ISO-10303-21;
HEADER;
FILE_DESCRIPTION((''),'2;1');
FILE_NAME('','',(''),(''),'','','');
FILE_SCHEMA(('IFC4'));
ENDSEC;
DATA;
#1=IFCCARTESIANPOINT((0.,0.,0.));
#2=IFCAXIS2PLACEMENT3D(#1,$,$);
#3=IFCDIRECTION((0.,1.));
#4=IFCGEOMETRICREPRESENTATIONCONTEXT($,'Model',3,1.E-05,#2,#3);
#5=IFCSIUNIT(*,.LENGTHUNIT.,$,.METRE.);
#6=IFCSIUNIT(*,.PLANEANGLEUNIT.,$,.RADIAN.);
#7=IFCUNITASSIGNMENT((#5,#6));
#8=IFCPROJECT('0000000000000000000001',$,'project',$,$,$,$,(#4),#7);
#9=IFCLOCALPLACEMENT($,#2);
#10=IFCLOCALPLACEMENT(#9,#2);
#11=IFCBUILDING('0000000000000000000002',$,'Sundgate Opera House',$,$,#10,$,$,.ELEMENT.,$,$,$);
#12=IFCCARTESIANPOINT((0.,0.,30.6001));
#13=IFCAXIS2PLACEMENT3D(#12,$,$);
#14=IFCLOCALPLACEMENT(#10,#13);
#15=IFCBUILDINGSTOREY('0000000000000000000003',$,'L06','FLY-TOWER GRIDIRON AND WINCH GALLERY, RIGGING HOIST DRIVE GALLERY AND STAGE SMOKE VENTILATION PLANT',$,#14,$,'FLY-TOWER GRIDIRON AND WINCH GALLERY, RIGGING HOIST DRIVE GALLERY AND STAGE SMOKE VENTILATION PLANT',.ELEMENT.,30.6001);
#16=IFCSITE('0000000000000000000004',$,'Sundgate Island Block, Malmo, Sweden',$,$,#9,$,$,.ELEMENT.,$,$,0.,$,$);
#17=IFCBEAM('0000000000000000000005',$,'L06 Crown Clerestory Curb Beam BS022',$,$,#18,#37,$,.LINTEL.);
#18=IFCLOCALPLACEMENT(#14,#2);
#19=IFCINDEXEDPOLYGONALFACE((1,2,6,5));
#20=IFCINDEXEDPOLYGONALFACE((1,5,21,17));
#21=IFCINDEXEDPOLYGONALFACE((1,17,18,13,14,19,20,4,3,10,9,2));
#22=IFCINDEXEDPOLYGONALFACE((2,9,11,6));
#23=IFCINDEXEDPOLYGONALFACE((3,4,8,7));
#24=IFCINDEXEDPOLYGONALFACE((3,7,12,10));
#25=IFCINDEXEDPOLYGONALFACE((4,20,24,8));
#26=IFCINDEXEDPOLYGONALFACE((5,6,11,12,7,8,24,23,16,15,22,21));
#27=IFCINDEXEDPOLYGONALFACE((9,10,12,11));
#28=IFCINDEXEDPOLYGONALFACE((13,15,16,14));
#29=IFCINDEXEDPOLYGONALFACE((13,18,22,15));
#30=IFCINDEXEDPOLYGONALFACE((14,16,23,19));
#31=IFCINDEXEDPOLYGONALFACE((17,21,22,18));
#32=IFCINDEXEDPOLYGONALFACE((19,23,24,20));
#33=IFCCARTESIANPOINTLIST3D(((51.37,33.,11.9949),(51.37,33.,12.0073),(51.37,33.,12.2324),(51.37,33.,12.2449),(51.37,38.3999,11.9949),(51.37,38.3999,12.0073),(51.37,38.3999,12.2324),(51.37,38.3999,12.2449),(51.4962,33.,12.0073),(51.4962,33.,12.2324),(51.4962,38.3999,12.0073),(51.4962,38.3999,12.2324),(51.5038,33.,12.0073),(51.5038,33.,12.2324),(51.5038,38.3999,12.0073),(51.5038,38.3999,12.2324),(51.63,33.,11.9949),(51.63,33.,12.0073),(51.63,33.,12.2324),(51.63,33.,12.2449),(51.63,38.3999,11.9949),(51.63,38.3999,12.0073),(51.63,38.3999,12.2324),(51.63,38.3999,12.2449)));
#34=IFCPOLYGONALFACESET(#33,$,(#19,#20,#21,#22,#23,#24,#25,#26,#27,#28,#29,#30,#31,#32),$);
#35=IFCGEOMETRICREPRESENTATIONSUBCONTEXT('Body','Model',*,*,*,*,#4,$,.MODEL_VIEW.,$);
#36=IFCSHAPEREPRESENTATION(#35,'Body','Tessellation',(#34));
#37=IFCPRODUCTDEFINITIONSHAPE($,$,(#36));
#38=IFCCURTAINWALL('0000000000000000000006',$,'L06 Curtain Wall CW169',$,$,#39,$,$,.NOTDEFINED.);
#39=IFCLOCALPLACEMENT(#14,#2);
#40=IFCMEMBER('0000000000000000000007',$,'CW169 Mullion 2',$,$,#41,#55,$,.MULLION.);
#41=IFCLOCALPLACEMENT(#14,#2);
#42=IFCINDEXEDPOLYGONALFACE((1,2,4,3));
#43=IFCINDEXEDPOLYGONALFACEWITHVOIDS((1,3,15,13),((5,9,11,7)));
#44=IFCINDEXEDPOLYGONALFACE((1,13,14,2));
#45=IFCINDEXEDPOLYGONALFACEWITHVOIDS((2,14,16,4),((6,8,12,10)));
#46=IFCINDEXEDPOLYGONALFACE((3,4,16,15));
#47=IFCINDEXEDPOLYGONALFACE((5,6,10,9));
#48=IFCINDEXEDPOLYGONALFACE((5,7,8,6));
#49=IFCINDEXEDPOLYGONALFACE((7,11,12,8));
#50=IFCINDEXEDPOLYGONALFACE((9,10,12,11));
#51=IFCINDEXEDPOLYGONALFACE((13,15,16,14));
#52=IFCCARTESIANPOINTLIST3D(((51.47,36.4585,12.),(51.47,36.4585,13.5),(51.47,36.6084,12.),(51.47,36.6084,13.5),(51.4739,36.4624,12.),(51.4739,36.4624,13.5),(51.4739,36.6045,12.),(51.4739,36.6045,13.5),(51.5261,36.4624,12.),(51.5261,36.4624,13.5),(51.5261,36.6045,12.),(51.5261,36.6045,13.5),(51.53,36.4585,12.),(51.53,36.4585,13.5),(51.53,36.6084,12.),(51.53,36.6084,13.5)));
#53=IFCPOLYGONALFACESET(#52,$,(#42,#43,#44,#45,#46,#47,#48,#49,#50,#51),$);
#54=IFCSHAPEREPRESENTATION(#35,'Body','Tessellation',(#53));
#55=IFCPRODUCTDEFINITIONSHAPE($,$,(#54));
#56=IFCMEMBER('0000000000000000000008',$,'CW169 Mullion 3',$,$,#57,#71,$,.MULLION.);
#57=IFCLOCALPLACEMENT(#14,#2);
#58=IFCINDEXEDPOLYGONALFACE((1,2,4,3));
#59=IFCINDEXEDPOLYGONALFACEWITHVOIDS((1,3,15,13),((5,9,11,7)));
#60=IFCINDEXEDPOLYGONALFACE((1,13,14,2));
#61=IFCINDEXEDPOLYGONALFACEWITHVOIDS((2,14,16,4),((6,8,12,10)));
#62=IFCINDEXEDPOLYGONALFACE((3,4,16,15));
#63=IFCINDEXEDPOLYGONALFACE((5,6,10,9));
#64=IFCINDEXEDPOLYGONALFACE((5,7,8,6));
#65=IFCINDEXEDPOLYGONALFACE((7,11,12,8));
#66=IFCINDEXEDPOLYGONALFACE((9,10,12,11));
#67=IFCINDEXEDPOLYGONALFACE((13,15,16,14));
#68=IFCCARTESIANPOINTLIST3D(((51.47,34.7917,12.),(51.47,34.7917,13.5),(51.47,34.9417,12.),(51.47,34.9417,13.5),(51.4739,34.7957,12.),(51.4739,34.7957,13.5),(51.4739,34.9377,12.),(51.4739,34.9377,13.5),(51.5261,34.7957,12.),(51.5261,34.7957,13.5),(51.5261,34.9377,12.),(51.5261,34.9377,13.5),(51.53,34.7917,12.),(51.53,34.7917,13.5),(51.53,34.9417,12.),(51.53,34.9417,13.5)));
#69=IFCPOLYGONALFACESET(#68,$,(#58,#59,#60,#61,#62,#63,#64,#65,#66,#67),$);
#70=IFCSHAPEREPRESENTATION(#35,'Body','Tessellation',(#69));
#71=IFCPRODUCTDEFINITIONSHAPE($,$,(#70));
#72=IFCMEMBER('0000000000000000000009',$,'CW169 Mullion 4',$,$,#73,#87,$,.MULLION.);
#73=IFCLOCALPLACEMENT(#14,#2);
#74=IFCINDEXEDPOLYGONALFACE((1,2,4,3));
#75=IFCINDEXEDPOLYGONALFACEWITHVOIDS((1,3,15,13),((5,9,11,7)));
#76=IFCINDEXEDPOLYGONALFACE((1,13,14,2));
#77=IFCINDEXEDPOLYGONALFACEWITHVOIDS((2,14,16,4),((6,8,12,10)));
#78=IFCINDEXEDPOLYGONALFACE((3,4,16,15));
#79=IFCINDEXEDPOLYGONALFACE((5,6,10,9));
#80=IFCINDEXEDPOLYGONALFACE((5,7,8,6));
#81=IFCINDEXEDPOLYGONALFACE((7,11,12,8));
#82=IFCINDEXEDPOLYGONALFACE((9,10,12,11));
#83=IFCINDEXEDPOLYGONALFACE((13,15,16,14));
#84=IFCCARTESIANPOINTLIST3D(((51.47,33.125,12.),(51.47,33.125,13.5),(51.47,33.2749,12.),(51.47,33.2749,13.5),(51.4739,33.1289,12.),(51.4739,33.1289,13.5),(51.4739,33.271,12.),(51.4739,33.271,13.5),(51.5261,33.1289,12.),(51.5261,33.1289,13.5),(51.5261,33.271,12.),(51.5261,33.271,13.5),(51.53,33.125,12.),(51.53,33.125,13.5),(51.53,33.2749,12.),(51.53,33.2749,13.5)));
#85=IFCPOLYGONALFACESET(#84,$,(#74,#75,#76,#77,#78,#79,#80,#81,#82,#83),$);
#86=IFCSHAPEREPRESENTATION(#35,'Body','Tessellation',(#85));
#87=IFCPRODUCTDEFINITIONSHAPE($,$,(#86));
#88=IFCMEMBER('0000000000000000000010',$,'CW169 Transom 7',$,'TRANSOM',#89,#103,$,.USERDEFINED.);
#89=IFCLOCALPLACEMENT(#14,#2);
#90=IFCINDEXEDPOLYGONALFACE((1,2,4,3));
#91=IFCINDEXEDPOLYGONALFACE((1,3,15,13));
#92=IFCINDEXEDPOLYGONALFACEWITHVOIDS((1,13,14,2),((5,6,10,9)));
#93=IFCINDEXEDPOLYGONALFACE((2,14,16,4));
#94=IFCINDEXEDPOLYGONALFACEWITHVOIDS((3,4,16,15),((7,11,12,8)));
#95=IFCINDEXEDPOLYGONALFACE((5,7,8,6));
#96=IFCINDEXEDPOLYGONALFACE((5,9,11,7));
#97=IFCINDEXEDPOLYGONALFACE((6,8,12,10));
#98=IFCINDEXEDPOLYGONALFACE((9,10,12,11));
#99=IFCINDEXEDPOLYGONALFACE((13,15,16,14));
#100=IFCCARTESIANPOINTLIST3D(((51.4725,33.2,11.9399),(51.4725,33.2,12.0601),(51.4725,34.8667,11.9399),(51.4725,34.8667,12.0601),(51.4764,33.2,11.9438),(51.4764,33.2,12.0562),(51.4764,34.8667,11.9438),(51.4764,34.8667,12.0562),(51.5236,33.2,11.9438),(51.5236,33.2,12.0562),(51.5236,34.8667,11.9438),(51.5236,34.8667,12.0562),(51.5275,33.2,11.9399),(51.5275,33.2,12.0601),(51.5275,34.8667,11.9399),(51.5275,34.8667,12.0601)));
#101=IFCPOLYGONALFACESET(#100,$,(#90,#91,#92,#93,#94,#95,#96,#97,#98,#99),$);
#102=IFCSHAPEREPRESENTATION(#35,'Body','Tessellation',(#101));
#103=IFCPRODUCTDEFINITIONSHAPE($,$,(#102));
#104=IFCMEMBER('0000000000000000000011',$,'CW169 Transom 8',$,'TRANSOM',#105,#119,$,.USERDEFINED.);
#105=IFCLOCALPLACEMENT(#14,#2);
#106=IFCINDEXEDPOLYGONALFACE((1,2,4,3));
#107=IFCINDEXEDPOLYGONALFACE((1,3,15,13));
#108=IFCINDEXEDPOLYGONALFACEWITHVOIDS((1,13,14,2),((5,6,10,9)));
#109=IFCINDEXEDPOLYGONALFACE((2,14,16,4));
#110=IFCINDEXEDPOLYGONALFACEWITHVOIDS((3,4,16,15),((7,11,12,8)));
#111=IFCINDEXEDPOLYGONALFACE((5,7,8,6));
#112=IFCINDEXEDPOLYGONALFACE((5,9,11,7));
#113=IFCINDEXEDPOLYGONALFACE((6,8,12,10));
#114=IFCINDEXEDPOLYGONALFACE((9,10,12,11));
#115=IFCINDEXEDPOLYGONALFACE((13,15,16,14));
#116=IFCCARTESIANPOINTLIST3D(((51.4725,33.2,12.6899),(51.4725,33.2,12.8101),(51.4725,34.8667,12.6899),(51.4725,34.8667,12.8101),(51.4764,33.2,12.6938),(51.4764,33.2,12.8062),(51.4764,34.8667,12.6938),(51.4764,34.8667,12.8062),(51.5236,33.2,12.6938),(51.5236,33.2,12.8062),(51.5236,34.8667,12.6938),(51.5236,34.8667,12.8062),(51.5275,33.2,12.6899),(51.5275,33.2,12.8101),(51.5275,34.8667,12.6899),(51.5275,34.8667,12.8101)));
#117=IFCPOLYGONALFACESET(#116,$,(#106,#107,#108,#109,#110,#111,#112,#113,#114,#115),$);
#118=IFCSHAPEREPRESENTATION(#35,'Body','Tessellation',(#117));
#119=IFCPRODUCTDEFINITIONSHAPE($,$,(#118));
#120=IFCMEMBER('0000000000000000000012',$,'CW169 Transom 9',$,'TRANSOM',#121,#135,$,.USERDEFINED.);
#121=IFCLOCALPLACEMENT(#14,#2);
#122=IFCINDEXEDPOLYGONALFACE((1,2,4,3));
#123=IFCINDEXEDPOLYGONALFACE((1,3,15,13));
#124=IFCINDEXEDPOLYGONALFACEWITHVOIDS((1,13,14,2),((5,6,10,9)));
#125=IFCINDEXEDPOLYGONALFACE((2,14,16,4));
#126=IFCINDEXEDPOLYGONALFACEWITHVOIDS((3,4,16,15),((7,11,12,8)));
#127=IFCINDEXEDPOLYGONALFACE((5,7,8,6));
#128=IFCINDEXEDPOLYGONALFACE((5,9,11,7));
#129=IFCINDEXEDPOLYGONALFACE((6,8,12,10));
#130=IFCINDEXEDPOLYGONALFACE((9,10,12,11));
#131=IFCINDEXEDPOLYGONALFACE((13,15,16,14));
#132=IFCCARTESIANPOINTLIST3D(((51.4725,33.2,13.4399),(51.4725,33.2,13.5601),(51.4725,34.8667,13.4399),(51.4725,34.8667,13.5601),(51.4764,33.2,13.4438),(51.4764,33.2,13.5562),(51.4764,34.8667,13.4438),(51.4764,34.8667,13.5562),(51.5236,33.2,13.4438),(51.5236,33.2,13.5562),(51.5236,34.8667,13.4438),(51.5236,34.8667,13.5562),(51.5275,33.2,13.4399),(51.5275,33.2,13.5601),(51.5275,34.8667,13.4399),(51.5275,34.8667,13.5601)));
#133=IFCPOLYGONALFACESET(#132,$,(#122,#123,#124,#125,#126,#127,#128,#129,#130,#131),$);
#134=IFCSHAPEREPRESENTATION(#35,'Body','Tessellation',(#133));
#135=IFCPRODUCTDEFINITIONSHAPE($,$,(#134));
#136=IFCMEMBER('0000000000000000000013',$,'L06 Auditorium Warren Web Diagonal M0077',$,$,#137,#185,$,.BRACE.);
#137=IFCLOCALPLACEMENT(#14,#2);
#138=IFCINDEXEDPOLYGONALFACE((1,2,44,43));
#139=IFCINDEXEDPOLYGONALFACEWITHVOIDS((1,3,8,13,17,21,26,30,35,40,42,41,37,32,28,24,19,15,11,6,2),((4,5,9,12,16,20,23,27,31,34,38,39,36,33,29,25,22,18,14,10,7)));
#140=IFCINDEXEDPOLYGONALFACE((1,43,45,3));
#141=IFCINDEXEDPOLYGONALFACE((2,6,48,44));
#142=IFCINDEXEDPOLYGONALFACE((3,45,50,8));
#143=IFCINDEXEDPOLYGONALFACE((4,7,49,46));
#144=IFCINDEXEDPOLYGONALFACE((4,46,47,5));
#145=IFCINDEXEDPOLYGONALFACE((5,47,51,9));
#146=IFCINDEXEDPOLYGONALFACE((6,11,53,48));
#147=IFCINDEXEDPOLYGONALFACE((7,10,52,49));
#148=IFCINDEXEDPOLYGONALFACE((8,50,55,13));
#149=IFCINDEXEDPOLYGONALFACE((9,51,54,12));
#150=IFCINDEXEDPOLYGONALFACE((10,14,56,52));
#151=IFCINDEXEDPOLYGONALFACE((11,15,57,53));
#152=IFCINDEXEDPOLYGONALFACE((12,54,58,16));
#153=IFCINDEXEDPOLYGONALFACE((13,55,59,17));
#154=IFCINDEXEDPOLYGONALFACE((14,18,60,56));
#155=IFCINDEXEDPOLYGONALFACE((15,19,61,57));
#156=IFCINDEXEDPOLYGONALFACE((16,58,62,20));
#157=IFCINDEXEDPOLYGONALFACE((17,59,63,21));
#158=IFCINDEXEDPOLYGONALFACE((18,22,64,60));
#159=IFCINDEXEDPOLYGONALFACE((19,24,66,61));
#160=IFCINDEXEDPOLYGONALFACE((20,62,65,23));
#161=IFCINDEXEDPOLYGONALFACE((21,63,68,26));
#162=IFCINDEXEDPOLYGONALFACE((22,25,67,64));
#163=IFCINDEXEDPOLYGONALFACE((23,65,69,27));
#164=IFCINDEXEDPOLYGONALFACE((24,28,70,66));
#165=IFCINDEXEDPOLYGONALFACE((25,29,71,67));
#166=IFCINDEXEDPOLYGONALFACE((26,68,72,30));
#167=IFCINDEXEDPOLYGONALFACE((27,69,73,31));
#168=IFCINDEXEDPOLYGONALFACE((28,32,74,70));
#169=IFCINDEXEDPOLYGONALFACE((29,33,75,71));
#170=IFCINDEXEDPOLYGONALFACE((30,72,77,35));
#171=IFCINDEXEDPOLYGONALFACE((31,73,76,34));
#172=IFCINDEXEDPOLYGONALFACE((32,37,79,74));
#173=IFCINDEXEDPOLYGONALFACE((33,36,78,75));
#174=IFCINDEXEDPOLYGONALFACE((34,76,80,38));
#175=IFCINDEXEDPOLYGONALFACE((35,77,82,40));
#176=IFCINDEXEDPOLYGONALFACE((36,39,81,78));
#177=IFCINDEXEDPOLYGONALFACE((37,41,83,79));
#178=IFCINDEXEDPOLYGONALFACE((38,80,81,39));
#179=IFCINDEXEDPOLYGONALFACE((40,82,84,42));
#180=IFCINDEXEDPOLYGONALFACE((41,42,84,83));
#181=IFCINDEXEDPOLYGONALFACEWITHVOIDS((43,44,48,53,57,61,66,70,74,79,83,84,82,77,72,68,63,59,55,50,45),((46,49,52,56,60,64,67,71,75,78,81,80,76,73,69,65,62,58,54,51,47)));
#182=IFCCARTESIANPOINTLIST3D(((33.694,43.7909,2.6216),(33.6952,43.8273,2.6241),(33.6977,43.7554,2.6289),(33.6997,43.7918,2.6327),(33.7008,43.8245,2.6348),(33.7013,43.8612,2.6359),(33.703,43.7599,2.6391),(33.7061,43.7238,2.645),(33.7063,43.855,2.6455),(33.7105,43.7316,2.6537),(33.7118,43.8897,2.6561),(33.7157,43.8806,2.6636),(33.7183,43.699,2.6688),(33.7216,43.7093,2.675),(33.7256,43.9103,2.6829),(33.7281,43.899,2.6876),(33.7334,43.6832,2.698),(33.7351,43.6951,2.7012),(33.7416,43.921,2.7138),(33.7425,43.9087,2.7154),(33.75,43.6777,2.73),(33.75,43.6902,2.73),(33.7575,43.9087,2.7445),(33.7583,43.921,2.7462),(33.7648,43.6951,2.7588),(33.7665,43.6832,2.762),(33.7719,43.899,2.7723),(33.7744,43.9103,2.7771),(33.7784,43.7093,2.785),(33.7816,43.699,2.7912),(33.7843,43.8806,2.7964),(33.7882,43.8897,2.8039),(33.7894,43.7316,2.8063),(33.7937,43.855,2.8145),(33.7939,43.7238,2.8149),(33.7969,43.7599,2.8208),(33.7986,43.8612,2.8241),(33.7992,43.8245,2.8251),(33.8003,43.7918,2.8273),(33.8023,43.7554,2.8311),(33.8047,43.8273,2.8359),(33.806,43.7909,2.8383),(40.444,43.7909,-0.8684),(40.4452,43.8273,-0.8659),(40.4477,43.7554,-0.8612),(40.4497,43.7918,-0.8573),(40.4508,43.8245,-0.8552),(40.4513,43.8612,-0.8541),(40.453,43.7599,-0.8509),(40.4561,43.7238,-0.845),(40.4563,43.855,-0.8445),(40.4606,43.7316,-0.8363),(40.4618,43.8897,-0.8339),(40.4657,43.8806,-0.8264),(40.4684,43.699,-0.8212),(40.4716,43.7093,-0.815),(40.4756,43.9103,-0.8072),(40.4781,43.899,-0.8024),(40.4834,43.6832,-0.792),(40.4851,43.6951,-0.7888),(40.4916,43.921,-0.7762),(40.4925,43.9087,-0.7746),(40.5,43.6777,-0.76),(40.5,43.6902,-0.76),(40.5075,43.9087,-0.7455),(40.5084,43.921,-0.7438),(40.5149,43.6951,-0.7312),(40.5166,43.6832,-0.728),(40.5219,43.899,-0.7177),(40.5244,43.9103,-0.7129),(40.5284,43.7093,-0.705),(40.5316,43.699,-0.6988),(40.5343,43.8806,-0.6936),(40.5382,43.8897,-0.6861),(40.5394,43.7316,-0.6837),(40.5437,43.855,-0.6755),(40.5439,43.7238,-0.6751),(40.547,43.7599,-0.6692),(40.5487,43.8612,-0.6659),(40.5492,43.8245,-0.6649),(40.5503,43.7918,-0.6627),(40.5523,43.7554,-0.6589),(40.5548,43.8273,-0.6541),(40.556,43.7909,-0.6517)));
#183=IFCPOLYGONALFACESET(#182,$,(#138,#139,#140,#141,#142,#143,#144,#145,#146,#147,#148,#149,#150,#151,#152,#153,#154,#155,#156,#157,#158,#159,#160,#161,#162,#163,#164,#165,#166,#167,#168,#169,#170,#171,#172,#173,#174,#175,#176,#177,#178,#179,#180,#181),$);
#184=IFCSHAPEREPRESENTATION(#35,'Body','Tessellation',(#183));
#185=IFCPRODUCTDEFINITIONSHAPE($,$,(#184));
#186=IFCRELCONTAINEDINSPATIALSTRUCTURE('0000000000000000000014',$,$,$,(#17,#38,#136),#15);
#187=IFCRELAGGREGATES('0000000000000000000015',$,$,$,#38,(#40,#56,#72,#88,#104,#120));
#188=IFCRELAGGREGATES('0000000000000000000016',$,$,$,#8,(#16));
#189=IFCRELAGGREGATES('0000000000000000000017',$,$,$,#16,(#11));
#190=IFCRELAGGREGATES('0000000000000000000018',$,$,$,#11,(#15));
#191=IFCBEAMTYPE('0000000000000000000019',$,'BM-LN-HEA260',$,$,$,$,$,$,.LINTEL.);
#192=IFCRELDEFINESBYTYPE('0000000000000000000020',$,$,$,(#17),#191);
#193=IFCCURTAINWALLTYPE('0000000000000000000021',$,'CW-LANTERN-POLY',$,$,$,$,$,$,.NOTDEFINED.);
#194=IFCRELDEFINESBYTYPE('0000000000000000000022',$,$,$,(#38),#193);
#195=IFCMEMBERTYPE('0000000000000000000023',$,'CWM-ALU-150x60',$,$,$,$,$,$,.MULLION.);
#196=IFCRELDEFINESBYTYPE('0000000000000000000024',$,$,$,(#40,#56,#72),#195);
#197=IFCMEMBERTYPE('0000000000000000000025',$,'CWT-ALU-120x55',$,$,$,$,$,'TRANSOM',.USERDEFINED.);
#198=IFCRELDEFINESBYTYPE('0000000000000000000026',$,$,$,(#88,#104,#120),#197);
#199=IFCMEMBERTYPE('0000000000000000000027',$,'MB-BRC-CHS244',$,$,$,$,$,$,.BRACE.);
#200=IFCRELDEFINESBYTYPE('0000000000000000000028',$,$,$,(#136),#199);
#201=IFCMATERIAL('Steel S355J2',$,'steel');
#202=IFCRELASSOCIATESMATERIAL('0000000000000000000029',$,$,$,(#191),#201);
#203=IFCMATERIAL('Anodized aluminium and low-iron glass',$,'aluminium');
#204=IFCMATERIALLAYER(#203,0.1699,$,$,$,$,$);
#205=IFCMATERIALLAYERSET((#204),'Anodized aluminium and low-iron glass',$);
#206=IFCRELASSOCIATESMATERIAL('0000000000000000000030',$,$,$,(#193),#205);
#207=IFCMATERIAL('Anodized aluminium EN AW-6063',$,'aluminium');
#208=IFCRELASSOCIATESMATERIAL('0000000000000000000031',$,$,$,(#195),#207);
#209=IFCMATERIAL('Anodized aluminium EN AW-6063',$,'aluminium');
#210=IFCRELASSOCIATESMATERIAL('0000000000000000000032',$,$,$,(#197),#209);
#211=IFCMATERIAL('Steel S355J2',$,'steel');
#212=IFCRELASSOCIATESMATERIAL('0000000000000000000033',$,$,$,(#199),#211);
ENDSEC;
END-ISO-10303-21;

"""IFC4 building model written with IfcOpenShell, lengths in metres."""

from ifc_helpers import new_model, si_unit, direction, frame, origin, origin_2d, place, context, subcontext, project, spatial, hollow_rectangle, hollow_circle, i_section, extrude, material, layer, layer_set, material_profile, profile_set, type_object, element, aggregate, save


model = new_model("IFC4")

# Units and contexts
model_context = context("Model", 3, precision=1e-05, world=origin(), true_north=direction((0.0, 1.0)))
body_context = subcontext(model_context, "Body", "Model", "MODEL_VIEW")
ifc_project = project(units=[si_unit("LENGTHUNIT", "METRE"), si_unit("PLANEANGLEUNIT", "RADIAN")], contexts=[model_context])

# Site, building, storey
site_placement = place(None, origin())
site = spatial("IfcSite", under=ifc_project, at=site_placement, Name="Sundgate Island Block, Malmo, Sweden", CompositionType="ELEMENT", RefElevation=0.0)
building_placement = place(site_placement, origin())
building = spatial("IfcBuilding", under=site, at=building_placement, Name="Sundgate Opera House", CompositionType="ELEMENT")
storey_placement = place(building_placement, frame((0.0, 0.0, 30.6001)))
storey = spatial("IfcBuildingStorey", under=building, at=storey_placement, Name="L06", Description="FLY-TOWER GRIDIRON AND WINCH GALLERY, RIGGING HOIST DRIVE GALLERY AND STAGE SMOKE VENTILATION PLANT", LongName="FLY-TOWER GRIDIRON AND WINCH GALLERY, RIGGING HOIST DRIVE GALLERY AND STAGE SMOKE VENTILATION PLANT", CompositionType="ELEMENT", Elevation=30.6001)

# Beam
ifc_material_1 = material(Name="Steel S355J2", Category="steel")
ifc_material_profile_1 = material_profile(ifc_material_1, i_section(OverallWidth=0.26, OverallDepth=0.25, WebThickness=0.0076, FlangeThickness=0.0125, at=origin_2d()), Name="HEA 260")
ifc_profile_set_1 = profile_set([ifc_material_profile_1], Name="Steel S355J2")
beam_type = type_object("IfcBeamType", Name="BM-LN-HEA260", PredefinedType="LINTEL", material=ifc_profile_set_1)
beam_placement = place(storey_placement, frame((51.5, 33.0, 12.1199), z_axis=(0.0, 1.0, 0.0), x_axis=(-1.0, 0.0, 0.0)))
element("IfcBeam", 1, at=beam_placement, inside=storey, type_object=beam_type, Name="L06 Crown Clerestory Curb Beam BS022", PredefinedType="LINTEL", context=body_context, shape_type="SweptSolid", body=[
    extrude(i_section(OverallWidth=0.26, OverallDepth=0.25, WebThickness=0.0076, FlangeThickness=0.0125, at=origin_2d()), origin(), (0.0, 0.0, 1.0), 5.3999),
])

# Curtain wall, members
ifc_material_2 = material(Name="Anodized aluminium and low-iron glass", Category="aluminium")
ifc_layer_1 = layer(ifc_material_2, 0.1699)
ifc_layer_set_1 = layer_set([ifc_layer_1], Name="Anodized aluminium and low-iron glass")
curtain_wall_type = type_object("IfcCurtainWallType", Name="CW-LANTERN-POLY", PredefinedType="NOTDEFINED", material=ifc_layer_set_1)
curtain_wall_placement = place(storey_placement, origin())
curtain_wall = element("IfcCurtainWall", 2, at=curtain_wall_placement, inside=storey, type_object=curtain_wall_type, Name="L06 Curtain Wall CW169", PredefinedType="NOTDEFINED")
ifc_material_3 = material(Name="Anodized aluminium EN AW-6063", Category="aluminium")
ifc_material_profile_2 = material_profile(ifc_material_3, hollow_rectangle(XDim=0.0601, YDim=0.1499, WallThickness=0.0039, at=origin_2d()), Name="CWM 150x60x4")
ifc_profile_set_2 = profile_set([ifc_material_profile_2], Name="Anodized aluminium EN AW-6063")
member_type_1 = type_object("IfcMemberType", Name="CWM-ALU-150x60", PredefinedType="MULLION", material=ifc_profile_set_2)
member_1_placement = place(storey_placement, frame((51.5, 36.5334, 12.0), z_axis=(0.0, 0.0, 1.0), x_axis=(1.0, 0.0, 0.0)))
member_1 = element("IfcMember", 3, at=member_1_placement, type_object=member_type_1, Name="CW169 Mullion 2", PredefinedType="MULLION", context=body_context, shape_type="SweptSolid", body=[
    extrude(hollow_rectangle(XDim=0.0601, YDim=0.1499, WallThickness=0.0039, at=origin_2d()), origin(), (0.0, 0.0, 1.0), 1.5),
])
member_2_placement = place(storey_placement, frame((51.5, 34.8667, 12.0), z_axis=(0.0, 0.0, 1.0), x_axis=(1.0, 0.0, 0.0)))
member_2 = element("IfcMember", 4, at=member_2_placement, type_object=member_type_1, Name="CW169 Mullion 3", PredefinedType="MULLION", context=body_context, shape_type="SweptSolid", body=[
    extrude(hollow_rectangle(XDim=0.0601, YDim=0.1499, WallThickness=0.0039, at=origin_2d()), origin(), (0.0, 0.0, 1.0), 1.5),
])
member_3_placement = place(storey_placement, frame((51.5, 33.2, 12.0), z_axis=(0.0, 0.0, 1.0), x_axis=(1.0, 0.0, 0.0)))
member_3 = element("IfcMember", 5, at=member_3_placement, type_object=member_type_1, Name="CW169 Mullion 4", PredefinedType="MULLION", context=body_context, shape_type="SweptSolid", body=[
    extrude(hollow_rectangle(XDim=0.0601, YDim=0.1499, WallThickness=0.0039, at=origin_2d()), origin(), (0.0, 0.0, 1.0), 1.5),
])
ifc_material_4 = material(Name="Anodized aluminium EN AW-6063", Category="aluminium")
ifc_material_profile_3 = material_profile(ifc_material_4, hollow_rectangle(XDim=0.0549, YDim=0.1201, WallThickness=0.0039, at=origin_2d()), Name="CWT 120x55x4")
ifc_profile_set_3 = profile_set([ifc_material_profile_3], Name="Anodized aluminium EN AW-6063")
member_type_2 = type_object("IfcMemberType", Name="CWT-ALU-120x55", ElementType="TRANSOM", PredefinedType="USERDEFINED", material=ifc_profile_set_3)
member_4_placement = place(storey_placement, frame((51.5, 34.8667, 12.0), z_axis=(0.0, -1.0, 0.0), x_axis=(1.0, 0.0, 0.0)))
member_4 = element("IfcMember", 6, at=member_4_placement, type_object=member_type_2, Name="CW169 Transom 7", ObjectType="TRANSOM", PredefinedType="USERDEFINED", context=body_context, shape_type="SweptSolid", body=[
    extrude(hollow_rectangle(XDim=0.0549, YDim=0.1201, WallThickness=0.0039, at=origin_2d()), origin(), (0.0, 0.0, 1.0), 1.6667),
])
member_5_placement = place(storey_placement, frame((51.5, 34.8667, 12.75), z_axis=(0.0, -1.0, 0.0), x_axis=(1.0, 0.0, 0.0)))
member_5 = element("IfcMember", 7, at=member_5_placement, type_object=member_type_2, Name="CW169 Transom 8", ObjectType="TRANSOM", PredefinedType="USERDEFINED", context=body_context, shape_type="SweptSolid", body=[
    extrude(hollow_rectangle(XDim=0.0549, YDim=0.1201, WallThickness=0.0039, at=origin_2d()), origin(), (0.0, 0.0, 1.0), 1.6667),
])
member_6_placement = place(storey_placement, frame((51.5, 34.8667, 13.5), z_axis=(0.0, -1.0, 0.0), x_axis=(1.0, 0.0, 0.0)))
member_6 = element("IfcMember", 8, at=member_6_placement, type_object=member_type_2, Name="CW169 Transom 9", ObjectType="TRANSOM", PredefinedType="USERDEFINED", context=body_context, shape_type="SweptSolid", body=[
    extrude(hollow_rectangle(XDim=0.0549, YDim=0.1201, WallThickness=0.0039, at=origin_2d()), origin(), (0.0, 0.0, 1.0), 1.6667),
])

# Member
ifc_material_5 = material(Name="Steel S355J2", Category="steel")
ifc_material_profile_4 = material_profile(ifc_material_5, hollow_circle(Radius=0.1223, WallThickness=0.0125, at=origin_2d()), Name="CHS 244.5x12.5")
ifc_profile_set_4 = profile_set([ifc_material_profile_4], Name="Steel S355J2")
member_type_3 = type_object("IfcMemberType", Name="MB-BRC-CHS244", PredefinedType="BRACE", material=ifc_profile_set_4)
member_7_placement = place(storey_placement, frame((40.5, 43.8, -0.76), z_axis=(-0.888292, 0.0, 0.459279), x_axis=(0.0, -1.0, 0.0)))
element("IfcMember", 9, at=member_7_placement, inside=storey, type_object=member_type_3, Name="L06 Auditorium Warren Web Diagonal M0077", PredefinedType="BRACE", context=body_context, shape_type="SweptSolid", body=[
    extrude(hollow_circle(Radius=0.1223, WallThickness=0.0125, at=origin_2d()), origin(), (0.0, 0.0, 1.0), 7.5989),
])

aggregate(curtain_wall, [member_1, member_2, member_3, member_4, member_5, member_6])

save(model, "model.ifc")
